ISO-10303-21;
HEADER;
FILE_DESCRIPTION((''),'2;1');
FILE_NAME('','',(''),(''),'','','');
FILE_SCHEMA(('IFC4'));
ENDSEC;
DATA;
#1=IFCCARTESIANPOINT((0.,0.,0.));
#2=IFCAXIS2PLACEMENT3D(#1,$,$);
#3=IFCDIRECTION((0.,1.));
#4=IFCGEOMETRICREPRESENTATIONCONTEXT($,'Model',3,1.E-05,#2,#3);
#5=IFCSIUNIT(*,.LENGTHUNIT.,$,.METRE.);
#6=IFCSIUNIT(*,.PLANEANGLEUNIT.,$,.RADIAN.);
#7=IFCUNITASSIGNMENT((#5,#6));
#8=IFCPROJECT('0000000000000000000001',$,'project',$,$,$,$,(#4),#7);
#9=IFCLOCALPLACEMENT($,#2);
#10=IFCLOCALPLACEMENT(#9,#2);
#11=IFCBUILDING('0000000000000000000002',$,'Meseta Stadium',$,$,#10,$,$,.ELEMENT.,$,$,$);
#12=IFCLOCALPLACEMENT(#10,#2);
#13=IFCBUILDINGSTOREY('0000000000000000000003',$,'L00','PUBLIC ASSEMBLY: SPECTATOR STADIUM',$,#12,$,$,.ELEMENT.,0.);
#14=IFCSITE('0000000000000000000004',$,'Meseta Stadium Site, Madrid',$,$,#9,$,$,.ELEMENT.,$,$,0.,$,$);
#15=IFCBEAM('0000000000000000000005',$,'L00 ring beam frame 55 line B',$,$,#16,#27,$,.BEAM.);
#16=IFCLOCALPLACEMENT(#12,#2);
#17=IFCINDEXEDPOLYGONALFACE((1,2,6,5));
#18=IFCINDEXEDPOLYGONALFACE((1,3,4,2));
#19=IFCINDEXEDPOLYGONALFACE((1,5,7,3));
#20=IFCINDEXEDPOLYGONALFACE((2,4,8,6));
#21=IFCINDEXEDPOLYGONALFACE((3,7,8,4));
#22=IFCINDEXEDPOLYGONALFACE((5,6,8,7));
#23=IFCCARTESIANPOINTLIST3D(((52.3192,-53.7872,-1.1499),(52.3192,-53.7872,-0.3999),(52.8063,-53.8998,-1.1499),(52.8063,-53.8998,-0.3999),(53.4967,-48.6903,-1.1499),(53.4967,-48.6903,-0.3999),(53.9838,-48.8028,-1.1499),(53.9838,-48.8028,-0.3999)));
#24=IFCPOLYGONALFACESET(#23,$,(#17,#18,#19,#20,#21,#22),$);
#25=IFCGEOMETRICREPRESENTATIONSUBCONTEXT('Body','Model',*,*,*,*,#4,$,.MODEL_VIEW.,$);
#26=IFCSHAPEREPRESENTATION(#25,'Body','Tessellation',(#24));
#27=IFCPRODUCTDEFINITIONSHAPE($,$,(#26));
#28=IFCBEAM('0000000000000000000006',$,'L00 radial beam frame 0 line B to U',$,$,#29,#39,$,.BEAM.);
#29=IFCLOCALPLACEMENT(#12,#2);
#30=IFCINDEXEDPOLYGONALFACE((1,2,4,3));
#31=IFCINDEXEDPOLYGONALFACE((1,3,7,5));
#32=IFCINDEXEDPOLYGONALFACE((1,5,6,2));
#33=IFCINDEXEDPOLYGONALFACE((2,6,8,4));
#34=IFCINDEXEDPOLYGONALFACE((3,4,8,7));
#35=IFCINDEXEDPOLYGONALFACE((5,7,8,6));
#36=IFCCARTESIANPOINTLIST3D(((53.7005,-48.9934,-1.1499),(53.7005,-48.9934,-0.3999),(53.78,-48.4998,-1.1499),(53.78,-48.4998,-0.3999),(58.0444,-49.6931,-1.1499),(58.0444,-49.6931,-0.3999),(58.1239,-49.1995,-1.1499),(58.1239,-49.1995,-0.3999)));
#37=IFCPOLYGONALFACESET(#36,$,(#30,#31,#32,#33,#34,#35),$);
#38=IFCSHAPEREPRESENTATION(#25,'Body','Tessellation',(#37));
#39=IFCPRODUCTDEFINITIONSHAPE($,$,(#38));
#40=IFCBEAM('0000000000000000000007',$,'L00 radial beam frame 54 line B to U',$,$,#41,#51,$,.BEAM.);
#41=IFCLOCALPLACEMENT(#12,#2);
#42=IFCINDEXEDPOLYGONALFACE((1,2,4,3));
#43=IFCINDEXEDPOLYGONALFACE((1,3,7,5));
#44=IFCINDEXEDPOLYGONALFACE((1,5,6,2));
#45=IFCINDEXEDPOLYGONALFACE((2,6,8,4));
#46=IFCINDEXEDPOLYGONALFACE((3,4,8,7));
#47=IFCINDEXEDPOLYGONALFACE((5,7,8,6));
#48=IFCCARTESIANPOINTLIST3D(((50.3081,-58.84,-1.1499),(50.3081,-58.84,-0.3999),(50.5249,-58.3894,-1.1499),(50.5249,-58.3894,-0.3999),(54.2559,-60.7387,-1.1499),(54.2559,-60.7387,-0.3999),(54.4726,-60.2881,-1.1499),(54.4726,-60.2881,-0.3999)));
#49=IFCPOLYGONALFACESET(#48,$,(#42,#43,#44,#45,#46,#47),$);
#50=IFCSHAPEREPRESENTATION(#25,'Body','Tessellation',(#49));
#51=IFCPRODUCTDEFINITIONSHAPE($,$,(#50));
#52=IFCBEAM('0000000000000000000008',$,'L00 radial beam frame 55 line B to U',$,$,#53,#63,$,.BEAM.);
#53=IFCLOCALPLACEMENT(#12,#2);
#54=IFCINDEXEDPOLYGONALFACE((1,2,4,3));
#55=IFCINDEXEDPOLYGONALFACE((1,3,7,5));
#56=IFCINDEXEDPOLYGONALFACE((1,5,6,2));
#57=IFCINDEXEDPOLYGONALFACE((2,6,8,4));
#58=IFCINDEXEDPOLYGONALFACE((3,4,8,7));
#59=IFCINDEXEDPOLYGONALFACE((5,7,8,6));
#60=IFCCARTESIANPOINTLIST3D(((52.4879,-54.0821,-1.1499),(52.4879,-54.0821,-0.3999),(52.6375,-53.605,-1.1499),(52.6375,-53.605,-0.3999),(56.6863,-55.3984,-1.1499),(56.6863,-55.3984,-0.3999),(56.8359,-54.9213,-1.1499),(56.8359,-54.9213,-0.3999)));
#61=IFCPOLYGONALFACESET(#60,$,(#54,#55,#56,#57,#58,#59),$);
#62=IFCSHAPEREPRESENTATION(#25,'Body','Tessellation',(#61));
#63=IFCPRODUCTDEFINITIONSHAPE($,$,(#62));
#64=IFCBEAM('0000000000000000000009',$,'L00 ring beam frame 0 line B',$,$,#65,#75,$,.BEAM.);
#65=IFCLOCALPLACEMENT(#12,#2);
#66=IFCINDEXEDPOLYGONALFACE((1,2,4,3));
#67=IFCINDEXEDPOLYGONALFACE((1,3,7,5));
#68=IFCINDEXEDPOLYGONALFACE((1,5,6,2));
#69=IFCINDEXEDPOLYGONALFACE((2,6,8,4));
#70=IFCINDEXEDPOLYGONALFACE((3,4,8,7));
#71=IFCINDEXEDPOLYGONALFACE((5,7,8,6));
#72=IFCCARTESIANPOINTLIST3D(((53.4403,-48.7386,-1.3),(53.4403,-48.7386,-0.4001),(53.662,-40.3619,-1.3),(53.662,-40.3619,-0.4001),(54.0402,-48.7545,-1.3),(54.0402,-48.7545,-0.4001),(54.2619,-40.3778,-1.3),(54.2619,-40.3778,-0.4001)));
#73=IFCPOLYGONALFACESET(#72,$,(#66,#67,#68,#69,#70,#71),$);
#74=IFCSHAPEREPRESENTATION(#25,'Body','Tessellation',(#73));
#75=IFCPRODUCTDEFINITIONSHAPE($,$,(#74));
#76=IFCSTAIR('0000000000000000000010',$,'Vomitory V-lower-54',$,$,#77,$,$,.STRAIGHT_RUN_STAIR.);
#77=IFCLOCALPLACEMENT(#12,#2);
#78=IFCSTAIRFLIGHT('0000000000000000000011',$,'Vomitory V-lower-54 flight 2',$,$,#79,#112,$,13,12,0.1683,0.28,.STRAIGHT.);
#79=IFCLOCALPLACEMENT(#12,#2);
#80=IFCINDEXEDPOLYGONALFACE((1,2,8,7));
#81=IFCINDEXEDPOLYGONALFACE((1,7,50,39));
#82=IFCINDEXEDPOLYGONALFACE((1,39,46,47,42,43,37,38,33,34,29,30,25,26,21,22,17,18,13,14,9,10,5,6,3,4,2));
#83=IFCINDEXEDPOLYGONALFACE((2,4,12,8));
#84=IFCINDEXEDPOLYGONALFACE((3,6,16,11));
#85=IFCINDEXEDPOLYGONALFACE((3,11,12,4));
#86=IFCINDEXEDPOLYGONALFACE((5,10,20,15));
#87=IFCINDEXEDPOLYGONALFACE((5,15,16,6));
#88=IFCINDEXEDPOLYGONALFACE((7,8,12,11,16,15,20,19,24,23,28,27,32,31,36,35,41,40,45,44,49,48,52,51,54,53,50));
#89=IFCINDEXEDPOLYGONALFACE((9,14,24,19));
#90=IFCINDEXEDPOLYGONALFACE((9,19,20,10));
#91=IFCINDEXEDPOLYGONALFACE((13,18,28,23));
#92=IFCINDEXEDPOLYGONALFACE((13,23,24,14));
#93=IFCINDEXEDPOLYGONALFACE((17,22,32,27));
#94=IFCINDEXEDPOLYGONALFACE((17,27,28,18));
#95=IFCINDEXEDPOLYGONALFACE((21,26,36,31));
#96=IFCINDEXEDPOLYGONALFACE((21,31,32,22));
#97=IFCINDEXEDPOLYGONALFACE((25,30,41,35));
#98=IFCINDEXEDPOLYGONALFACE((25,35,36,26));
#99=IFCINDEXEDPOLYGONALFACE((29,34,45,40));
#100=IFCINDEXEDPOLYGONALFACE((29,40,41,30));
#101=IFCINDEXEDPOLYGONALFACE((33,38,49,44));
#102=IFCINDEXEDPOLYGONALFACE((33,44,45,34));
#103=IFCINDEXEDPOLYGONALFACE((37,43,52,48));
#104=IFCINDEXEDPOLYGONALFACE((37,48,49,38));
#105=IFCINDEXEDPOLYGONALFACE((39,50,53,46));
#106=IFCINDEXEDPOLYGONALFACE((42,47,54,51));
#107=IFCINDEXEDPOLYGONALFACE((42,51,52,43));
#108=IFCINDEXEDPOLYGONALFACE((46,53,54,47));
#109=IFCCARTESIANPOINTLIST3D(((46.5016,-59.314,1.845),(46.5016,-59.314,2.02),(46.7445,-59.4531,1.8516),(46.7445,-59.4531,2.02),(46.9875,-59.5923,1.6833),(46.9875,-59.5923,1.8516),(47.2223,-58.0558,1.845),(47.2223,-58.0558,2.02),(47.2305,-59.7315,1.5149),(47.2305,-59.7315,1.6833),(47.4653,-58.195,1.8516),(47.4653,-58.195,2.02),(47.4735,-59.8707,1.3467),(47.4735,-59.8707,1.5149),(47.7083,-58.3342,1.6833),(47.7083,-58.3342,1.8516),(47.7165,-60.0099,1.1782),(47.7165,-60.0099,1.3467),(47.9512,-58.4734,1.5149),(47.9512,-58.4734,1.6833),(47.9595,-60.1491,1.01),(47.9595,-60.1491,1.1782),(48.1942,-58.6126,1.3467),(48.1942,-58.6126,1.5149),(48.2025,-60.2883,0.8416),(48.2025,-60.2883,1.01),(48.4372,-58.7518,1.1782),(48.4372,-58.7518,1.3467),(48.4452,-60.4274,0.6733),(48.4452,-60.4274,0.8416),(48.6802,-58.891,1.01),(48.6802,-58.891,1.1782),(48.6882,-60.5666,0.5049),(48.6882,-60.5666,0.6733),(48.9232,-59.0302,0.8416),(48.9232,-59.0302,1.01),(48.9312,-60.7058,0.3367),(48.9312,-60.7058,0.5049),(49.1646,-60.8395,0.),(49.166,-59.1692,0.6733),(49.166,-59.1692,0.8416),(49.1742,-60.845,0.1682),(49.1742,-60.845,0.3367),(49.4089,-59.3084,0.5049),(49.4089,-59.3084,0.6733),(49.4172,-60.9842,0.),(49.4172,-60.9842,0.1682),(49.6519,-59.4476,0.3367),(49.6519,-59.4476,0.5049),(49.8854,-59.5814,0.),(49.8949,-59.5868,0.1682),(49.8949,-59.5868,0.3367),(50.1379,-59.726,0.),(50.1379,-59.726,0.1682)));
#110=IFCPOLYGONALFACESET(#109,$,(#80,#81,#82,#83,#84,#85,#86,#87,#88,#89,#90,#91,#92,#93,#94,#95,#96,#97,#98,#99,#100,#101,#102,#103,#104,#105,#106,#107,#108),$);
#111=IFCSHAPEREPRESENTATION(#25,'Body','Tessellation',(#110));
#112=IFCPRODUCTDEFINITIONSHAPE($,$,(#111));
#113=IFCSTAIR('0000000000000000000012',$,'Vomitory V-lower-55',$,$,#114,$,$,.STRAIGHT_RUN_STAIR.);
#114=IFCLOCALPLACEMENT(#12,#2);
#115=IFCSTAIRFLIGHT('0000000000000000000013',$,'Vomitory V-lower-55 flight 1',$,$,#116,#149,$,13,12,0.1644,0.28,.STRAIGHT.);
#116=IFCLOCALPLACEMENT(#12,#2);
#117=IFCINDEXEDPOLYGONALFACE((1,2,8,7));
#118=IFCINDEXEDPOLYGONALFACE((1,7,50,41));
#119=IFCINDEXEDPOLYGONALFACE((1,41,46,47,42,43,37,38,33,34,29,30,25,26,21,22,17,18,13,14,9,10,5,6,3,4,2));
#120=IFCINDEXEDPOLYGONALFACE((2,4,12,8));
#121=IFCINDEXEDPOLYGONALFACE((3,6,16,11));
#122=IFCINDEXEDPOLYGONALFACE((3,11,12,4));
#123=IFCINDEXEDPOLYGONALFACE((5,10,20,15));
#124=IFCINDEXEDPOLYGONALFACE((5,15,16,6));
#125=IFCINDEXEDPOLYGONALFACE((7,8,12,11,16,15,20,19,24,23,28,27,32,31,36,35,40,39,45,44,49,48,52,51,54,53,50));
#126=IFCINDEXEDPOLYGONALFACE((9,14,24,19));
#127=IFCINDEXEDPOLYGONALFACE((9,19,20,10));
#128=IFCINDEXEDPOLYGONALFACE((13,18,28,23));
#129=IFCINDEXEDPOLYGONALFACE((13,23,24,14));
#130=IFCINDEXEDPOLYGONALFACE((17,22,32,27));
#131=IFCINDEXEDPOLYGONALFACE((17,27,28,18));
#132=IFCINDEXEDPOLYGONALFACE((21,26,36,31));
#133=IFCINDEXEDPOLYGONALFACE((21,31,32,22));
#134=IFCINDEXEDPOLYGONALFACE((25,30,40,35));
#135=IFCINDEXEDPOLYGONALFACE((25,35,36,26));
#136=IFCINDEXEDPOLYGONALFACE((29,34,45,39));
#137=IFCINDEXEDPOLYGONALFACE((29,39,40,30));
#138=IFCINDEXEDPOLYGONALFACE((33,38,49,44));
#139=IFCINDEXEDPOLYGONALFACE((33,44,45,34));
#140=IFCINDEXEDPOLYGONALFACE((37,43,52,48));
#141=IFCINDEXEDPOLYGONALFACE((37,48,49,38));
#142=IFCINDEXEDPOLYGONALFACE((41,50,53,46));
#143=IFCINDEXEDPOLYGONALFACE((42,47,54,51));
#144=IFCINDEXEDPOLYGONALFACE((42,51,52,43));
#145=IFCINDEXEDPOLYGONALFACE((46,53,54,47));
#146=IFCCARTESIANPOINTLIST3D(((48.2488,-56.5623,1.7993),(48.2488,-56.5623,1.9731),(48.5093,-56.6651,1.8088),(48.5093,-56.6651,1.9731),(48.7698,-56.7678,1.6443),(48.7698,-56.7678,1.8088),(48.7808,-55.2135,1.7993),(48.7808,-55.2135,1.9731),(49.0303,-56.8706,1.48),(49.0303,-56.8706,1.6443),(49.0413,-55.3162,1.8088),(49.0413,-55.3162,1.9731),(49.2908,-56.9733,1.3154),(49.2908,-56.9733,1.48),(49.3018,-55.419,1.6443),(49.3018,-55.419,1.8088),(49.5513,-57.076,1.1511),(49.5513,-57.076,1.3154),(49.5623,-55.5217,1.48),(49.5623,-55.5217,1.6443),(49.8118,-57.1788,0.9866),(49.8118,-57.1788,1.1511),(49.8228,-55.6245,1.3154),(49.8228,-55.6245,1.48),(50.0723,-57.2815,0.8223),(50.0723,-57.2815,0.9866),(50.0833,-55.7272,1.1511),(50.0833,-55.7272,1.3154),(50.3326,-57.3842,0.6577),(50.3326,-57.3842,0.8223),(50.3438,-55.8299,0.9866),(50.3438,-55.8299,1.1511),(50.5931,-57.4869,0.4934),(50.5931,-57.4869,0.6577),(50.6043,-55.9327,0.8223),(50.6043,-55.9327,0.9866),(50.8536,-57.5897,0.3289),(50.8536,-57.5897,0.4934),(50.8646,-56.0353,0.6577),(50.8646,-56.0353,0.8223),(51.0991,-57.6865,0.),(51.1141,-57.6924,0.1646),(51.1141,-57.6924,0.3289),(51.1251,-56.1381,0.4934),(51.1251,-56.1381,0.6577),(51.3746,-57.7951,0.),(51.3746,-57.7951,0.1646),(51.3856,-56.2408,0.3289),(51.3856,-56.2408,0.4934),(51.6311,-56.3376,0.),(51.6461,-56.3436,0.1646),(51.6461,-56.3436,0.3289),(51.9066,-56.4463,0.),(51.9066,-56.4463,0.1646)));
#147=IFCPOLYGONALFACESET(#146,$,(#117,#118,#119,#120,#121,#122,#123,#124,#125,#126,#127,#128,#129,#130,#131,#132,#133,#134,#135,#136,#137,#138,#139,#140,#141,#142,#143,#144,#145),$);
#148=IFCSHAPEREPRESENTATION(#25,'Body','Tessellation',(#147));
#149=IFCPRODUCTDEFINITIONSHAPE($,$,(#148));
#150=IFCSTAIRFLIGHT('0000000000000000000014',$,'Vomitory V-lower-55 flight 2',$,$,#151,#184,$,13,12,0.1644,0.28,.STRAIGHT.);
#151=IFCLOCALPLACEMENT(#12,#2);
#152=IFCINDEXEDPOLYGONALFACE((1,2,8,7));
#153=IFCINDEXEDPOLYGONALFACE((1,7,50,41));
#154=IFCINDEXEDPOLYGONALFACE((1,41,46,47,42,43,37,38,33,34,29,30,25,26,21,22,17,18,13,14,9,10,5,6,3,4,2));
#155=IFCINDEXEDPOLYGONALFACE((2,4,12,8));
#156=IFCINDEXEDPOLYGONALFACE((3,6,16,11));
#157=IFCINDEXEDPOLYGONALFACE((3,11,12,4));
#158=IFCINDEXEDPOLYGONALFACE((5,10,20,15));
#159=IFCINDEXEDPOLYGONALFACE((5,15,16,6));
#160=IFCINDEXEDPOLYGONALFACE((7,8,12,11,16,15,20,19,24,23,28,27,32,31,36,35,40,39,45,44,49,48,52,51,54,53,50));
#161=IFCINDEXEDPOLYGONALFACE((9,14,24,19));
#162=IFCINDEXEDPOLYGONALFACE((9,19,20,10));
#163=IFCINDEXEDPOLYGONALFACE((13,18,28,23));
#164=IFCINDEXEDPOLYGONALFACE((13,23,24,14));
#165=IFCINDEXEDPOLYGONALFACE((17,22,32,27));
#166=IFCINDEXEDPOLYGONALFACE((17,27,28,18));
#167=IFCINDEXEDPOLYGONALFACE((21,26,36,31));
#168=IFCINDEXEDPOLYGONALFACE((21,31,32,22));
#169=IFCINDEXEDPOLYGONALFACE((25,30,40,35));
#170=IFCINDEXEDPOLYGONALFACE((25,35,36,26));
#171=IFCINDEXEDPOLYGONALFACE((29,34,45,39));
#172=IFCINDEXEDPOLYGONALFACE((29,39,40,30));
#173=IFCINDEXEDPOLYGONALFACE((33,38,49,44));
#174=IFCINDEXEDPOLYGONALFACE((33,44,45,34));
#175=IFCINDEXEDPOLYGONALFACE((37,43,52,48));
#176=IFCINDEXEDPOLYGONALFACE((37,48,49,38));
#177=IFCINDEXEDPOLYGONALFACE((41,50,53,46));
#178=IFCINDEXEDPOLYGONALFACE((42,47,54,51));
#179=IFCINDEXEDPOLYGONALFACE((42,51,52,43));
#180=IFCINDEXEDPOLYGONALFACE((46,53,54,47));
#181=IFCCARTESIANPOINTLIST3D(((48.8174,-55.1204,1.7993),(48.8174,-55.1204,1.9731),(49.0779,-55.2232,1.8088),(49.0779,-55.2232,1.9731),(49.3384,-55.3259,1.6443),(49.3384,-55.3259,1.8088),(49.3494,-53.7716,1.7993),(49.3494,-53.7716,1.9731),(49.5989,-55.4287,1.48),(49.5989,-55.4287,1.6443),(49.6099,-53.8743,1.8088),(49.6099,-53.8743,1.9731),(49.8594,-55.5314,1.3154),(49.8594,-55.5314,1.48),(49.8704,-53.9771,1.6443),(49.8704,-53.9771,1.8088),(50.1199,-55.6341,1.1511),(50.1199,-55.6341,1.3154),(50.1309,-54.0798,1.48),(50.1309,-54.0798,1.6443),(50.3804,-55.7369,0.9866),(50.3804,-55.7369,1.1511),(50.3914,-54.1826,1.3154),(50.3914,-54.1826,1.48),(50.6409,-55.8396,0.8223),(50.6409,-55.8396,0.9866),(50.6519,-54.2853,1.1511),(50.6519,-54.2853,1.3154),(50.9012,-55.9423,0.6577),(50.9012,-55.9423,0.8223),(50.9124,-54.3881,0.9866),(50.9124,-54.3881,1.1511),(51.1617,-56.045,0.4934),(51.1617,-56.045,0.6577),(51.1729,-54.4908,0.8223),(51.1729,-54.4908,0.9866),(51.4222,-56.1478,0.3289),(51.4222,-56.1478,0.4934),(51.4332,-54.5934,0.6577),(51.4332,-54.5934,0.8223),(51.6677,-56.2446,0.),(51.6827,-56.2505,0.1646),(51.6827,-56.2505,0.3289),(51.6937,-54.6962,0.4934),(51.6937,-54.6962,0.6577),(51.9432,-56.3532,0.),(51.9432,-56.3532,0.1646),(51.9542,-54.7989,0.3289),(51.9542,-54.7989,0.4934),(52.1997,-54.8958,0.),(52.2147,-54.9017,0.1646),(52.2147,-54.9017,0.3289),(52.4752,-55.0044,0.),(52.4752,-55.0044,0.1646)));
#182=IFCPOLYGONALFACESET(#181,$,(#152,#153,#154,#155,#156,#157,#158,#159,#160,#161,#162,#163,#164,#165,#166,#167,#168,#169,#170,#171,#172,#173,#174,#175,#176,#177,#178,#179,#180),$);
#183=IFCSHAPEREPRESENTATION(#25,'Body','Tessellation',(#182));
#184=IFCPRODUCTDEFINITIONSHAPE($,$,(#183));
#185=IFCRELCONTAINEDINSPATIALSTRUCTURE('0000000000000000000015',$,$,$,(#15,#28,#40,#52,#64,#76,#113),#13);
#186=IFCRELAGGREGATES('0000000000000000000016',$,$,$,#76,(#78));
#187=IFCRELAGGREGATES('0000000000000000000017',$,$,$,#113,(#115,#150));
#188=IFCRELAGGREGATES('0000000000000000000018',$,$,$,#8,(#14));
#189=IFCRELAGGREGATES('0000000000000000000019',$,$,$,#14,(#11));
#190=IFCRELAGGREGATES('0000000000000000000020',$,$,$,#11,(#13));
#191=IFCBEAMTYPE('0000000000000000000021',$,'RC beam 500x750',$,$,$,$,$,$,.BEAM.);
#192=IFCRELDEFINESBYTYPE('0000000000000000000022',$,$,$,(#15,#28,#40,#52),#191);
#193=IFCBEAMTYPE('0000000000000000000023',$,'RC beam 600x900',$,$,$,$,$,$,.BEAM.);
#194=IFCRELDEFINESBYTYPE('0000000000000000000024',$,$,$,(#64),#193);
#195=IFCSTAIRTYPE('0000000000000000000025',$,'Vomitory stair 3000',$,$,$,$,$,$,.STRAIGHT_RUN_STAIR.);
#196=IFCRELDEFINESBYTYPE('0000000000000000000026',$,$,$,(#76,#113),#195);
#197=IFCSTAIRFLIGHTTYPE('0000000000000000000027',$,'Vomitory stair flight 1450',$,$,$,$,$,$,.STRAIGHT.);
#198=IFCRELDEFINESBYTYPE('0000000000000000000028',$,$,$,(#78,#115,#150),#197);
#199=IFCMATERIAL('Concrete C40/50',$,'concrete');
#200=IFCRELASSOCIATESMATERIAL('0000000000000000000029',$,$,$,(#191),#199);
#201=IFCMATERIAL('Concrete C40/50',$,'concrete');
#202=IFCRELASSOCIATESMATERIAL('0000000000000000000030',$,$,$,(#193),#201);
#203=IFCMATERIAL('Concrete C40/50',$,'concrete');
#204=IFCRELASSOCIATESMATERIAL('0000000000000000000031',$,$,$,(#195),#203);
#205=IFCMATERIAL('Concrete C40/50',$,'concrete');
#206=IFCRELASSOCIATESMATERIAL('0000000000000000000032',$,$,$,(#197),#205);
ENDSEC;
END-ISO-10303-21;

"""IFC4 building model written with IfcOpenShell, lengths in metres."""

from ifc_helpers import new_model, si_unit, direction, frame, origin, origin_2d, place, context, subcontext, project, spatial, polyline, rectangle, outline, extrude, material, material_profile, profile_set, type_object, element, aggregate, save


model = new_model("IFC4")

# Units and contexts
model_context = context("Model", 3, precision=1e-05, world=origin(), true_north=direction((0.0, 1.0)))
body_context = subcontext(model_context, "Body", "Model", "MODEL_VIEW")
ifc_project = project(units=[si_unit("LENGTHUNIT", "METRE"), si_unit("PLANEANGLEUNIT", "RADIAN")], contexts=[model_context])

# Site, building, storey
site_placement = place(None, origin())
site = spatial("IfcSite", under=ifc_project, at=site_placement, Name="Meseta Stadium Site, Madrid", CompositionType="ELEMENT", RefElevation=0.0)
building_placement = place(site_placement, origin())
building = spatial("IfcBuilding", under=site, at=building_placement, Name="Meseta Stadium", CompositionType="ELEMENT")
storey_placement = place(building_placement, origin())
storey = spatial("IfcBuildingStorey", under=building, at=storey_placement, Name="L00", Description="PUBLIC ASSEMBLY: SPECTATOR STADIUM", CompositionType="ELEMENT", Elevation=0.0)

# Beams
ifc_material_1 = material(Name="Concrete C40/50", Category="concrete")
ifc_material_profile_1 = material_profile(ifc_material_1, rectangle(XDim=0.5, YDim=0.75, at=origin_2d()), Name="RC 500x750")
ifc_profile_set_1 = profile_set([ifc_material_profile_1], Name="Concrete C40/50")
beam_type_1 = type_object("IfcBeamType", Name="RC beam 500x750", PredefinedType="BEAM", material=ifc_profile_set_1)
beam_1_placement = place(storey_placement, frame((52.5627, -53.8435, -0.7749), z_axis=(0.225091, 0.974338, 0.0), x_axis=(-0.974338, 0.225091, 0.0)))
element("IfcBeam", 1, at=beam_1_placement, inside=storey, type_object=beam_type_1, Name="L00 ring beam frame 55 line B", PredefinedType="BEAM", context=body_context, shape_type="SweptSolid", body=[
    extrude(rectangle(XDim=0.5, YDim=0.75, at=origin_2d()), origin(), (0.0, 0.0, 1.0), 5.2312),
])
beam_2_placement = place(storey_placement, frame((53.7402, -48.7466, -0.7749), z_axis=(0.987275, -0.159025, 0.0), x_axis=(0.159025, 0.987275, 0.0)))
element("IfcBeam", 2, at=beam_2_placement, inside=storey, type_object=beam_type_1, Name="L00 radial beam frame 0 line B to U", PredefinedType="BEAM", context=body_context, shape_type="SweptSolid", body=[
    extrude(rectangle(XDim=0.5, YDim=0.75, at=origin_2d()), origin(), (0.0, 0.0, 1.0), 4.3999),
])
beam_3_placement = place(storey_placement, frame((50.4165, -58.6147, -0.7749), z_axis=(0.901188, -0.433428, 0.0), x_axis=(0.433428, 0.901188, 0.0)))
element("IfcBeam", 3, at=beam_3_placement, inside=storey, type_object=beam_type_1, Name="L00 radial beam frame 54 line B to U", PredefinedType="BEAM", context=body_context, shape_type="SweptSolid", body=[
    extrude(rectangle(XDim=0.5, YDim=0.75, at=origin_2d()), origin(), (0.0, 0.0, 1.0), 4.3806),
])
beam_4_placement = place(storey_placement, frame((52.5627, -53.8435, -0.7749), z_axis=(0.954196, -0.299182, 0.0), x_axis=(0.299182, 0.954196, 0.0)))
element("IfcBeam", 4, at=beam_4_placement, inside=storey, type_object=beam_type_1, Name="L00 radial beam frame 55 line B to U", PredefinedType="BEAM", context=body_context, shape_type="SweptSolid", body=[
    extrude(rectangle(XDim=0.5, YDim=0.75, at=origin_2d()), origin(), (0.0, 0.0, 1.0), 4.3999),
])
ifc_material_2 = material(Name="Concrete C40/50", Category="concrete")
ifc_material_profile_2 = material_profile(ifc_material_2, rectangle(XDim=0.6001, YDim=0.8999, at=origin_2d()), Name="RC 600x900")
ifc_profile_set_2 = profile_set([ifc_material_profile_2], Name="Concrete C40/50")
beam_type_2 = type_object("IfcBeamType", Name="RC beam 600x900", PredefinedType="BEAM", material=ifc_profile_set_2)
beam_5_placement = place(storey_placement, frame((53.7402, -48.7466, -0.8501), z_axis=(0.026455, 0.99965, 0.0), x_axis=(-0.99965, 0.026455, 0.0)))
element("IfcBeam", 5, at=beam_5_placement, inside=storey, type_object=beam_type_2, Name="L00 ring beam frame 0 line B", PredefinedType="BEAM", context=body_context, shape_type="SweptSolid", body=[
    extrude(rectangle(XDim=0.6001, YDim=0.8999, at=origin_2d()), origin(), (0.0, 0.0, 1.0), 8.3796),
])

# Stair, stair flight
ifc_material_3 = material(Name="Concrete C40/50", Category="concrete")
stair_type = type_object("IfcStairType", Name="Vomitory stair 3000", PredefinedType="STRAIGHT_RUN_STAIR", material=ifc_material_3)
stair_1_placement = place(storey_placement, origin())
stair_1 = element("IfcStair", 6, at=stair_1_placement, inside=storey, type_object=stair_type, Name="Vomitory V-lower-54", PredefinedType="STRAIGHT_RUN_STAIR")
ifc_material_4 = material(Name="Concrete C40/50", Category="concrete")
stair_flight_type = type_object("IfcStairFlightType", Name="Vomitory stair flight 1450", PredefinedType="STRAIGHT", material=ifc_material_4)
stair_flight_1_placement = place(storey_placement, frame((49.7776, -60.355, 0.0), z_axis=(0.0, 0.0, 1.0), x_axis=(-0.867712, 0.497068, 0.0)))
stair_flight_1 = element("IfcStairFlight", 7, at=stair_flight_1_placement, type_object=stair_flight_type, Name="Vomitory V-lower-54 flight 2", NumberOfRisers=13, NumberOfTreads=12, PredefinedType="STRAIGHT", RiserHeight=0.1683, TreadLength=0.28, context=body_context, shape_type="SweptSolid", body=[
    extrude(outline(polyline([(0.0, 0.0), (0.0, 0.1682), (0.28, 0.1682), (0.28, 0.3367), (0.5601, 0.3367), (0.5601, 0.5049), (0.8401, 0.5049), (0.8401, 0.6733), (1.1201, 0.6733), (1.1201, 0.8416), (1.3999, 0.8416), (1.3999, 1.01), (1.6799, 1.01), (1.6799, 1.1782), (1.96, 1.1782), (1.96, 1.3467), (2.24, 1.3467), (2.24, 1.5149), (2.52, 1.5149), (2.52, 1.6833), (2.8, 1.6833), (2.8, 1.8516), (3.0801, 1.8516), (3.0801, 2.02), (3.3601, 2.02), (3.3601, 1.845), (0.291, 0.0), (0.0, 0.0)])), frame((0.0, 0.7251, 0.0), z_axis=(0.0, -1.0, 0.0), x_axis=(1.0, 0.0, 0.0)), (0.0, 0.0, 1.0), 1.45),
])
aggregate(stair_1, [stair_flight_1])

# Stair, stair flights
stair_2_placement = place(storey_placement, origin())
stair_2 = element("IfcStair", 8, at=stair_2_placement, inside=storey, type_object=stair_type, Name="Vomitory V-lower-55", PredefinedType="STRAIGHT_RUN_STAIR")
stair_flight_2_placement = place(storey_placement, frame((51.6406, -57.1206, 0.0), z_axis=(0.0, 0.0, 1.0), x_axis=(-0.930263, 0.366893, 0.0)))
stair_flight_2 = element("IfcStairFlight", 9, at=stair_flight_2_placement, type_object=stair_flight_type, Name="Vomitory V-lower-55 flight 1", NumberOfRisers=13, NumberOfTreads=12, PredefinedType="STRAIGHT", RiserHeight=0.1644, TreadLength=0.28, context=body_context, shape_type="SweptSolid", body=[
    extrude(outline(polyline([(0.0, 0.0), (0.0, 0.1646), (0.28, 0.1646), (0.28, 0.3289), (0.5601, 0.3289), (0.5601, 0.4934), (0.8401, 0.4934), (0.8401, 0.6577), (1.1201, 0.6577), (1.1201, 0.8223), (1.3999, 0.8223), (1.3999, 0.9866), (1.6799, 0.9866), (1.6799, 1.1511), (1.96, 1.1511), (1.96, 1.3154), (2.24, 1.3154), (2.24, 1.48), (2.52, 1.48), (2.52, 1.6443), (2.8, 1.6443), (2.8, 1.8088), (3.0801, 1.8088), (3.0801, 1.9731), (3.3601, 1.9731), (3.3601, 1.7993), (0.2961, 0.0), (0.0, 0.0)])), frame((0.0, 0.7251, 0.0), z_axis=(0.0, -1.0, 0.0), x_axis=(1.0, 0.0, 0.0)), (0.0, 0.0, 1.0), 1.45),
])
stair_flight_3_placement = place(storey_placement, frame((52.2092, -55.6787, 0.0), z_axis=(0.0, 0.0, 1.0), x_axis=(-0.930263, 0.366893, 0.0)))
stair_flight_3 = element("IfcStairFlight", 10, at=stair_flight_3_placement, type_object=stair_flight_type, Name="Vomitory V-lower-55 flight 2", NumberOfRisers=13, NumberOfTreads=12, PredefinedType="STRAIGHT", RiserHeight=0.1644, TreadLength=0.28, context=body_context, shape_type="SweptSolid", body=[
    extrude(outline(polyline([(0.0, 0.0), (0.0, 0.1646), (0.28, 0.1646), (0.28, 0.3289), (0.5601, 0.3289), (0.5601, 0.4934), (0.8401, 0.4934), (0.8401, 0.6577), (1.1201, 0.6577), (1.1201, 0.8223), (1.3999, 0.8223), (1.3999, 0.9866), (1.6799, 0.9866), (1.6799, 1.1511), (1.96, 1.1511), (1.96, 1.3154), (2.24, 1.3154), (2.24, 1.48), (2.52, 1.48), (2.52, 1.6443), (2.8, 1.6443), (2.8, 1.8088), (3.0801, 1.8088), (3.0801, 1.9731), (3.3601, 1.9731), (3.3601, 1.7993), (0.2961, 0.0), (0.0, 0.0)])), frame((0.0, 0.7251, 0.0), z_axis=(0.0, -1.0, 0.0), x_axis=(1.0, 0.0, 0.0)), (0.0, 0.0, 1.0), 1.45),
])
aggregate(stair_2, [stair_flight_2, stair_flight_3])

save(model, "model.ifc")
